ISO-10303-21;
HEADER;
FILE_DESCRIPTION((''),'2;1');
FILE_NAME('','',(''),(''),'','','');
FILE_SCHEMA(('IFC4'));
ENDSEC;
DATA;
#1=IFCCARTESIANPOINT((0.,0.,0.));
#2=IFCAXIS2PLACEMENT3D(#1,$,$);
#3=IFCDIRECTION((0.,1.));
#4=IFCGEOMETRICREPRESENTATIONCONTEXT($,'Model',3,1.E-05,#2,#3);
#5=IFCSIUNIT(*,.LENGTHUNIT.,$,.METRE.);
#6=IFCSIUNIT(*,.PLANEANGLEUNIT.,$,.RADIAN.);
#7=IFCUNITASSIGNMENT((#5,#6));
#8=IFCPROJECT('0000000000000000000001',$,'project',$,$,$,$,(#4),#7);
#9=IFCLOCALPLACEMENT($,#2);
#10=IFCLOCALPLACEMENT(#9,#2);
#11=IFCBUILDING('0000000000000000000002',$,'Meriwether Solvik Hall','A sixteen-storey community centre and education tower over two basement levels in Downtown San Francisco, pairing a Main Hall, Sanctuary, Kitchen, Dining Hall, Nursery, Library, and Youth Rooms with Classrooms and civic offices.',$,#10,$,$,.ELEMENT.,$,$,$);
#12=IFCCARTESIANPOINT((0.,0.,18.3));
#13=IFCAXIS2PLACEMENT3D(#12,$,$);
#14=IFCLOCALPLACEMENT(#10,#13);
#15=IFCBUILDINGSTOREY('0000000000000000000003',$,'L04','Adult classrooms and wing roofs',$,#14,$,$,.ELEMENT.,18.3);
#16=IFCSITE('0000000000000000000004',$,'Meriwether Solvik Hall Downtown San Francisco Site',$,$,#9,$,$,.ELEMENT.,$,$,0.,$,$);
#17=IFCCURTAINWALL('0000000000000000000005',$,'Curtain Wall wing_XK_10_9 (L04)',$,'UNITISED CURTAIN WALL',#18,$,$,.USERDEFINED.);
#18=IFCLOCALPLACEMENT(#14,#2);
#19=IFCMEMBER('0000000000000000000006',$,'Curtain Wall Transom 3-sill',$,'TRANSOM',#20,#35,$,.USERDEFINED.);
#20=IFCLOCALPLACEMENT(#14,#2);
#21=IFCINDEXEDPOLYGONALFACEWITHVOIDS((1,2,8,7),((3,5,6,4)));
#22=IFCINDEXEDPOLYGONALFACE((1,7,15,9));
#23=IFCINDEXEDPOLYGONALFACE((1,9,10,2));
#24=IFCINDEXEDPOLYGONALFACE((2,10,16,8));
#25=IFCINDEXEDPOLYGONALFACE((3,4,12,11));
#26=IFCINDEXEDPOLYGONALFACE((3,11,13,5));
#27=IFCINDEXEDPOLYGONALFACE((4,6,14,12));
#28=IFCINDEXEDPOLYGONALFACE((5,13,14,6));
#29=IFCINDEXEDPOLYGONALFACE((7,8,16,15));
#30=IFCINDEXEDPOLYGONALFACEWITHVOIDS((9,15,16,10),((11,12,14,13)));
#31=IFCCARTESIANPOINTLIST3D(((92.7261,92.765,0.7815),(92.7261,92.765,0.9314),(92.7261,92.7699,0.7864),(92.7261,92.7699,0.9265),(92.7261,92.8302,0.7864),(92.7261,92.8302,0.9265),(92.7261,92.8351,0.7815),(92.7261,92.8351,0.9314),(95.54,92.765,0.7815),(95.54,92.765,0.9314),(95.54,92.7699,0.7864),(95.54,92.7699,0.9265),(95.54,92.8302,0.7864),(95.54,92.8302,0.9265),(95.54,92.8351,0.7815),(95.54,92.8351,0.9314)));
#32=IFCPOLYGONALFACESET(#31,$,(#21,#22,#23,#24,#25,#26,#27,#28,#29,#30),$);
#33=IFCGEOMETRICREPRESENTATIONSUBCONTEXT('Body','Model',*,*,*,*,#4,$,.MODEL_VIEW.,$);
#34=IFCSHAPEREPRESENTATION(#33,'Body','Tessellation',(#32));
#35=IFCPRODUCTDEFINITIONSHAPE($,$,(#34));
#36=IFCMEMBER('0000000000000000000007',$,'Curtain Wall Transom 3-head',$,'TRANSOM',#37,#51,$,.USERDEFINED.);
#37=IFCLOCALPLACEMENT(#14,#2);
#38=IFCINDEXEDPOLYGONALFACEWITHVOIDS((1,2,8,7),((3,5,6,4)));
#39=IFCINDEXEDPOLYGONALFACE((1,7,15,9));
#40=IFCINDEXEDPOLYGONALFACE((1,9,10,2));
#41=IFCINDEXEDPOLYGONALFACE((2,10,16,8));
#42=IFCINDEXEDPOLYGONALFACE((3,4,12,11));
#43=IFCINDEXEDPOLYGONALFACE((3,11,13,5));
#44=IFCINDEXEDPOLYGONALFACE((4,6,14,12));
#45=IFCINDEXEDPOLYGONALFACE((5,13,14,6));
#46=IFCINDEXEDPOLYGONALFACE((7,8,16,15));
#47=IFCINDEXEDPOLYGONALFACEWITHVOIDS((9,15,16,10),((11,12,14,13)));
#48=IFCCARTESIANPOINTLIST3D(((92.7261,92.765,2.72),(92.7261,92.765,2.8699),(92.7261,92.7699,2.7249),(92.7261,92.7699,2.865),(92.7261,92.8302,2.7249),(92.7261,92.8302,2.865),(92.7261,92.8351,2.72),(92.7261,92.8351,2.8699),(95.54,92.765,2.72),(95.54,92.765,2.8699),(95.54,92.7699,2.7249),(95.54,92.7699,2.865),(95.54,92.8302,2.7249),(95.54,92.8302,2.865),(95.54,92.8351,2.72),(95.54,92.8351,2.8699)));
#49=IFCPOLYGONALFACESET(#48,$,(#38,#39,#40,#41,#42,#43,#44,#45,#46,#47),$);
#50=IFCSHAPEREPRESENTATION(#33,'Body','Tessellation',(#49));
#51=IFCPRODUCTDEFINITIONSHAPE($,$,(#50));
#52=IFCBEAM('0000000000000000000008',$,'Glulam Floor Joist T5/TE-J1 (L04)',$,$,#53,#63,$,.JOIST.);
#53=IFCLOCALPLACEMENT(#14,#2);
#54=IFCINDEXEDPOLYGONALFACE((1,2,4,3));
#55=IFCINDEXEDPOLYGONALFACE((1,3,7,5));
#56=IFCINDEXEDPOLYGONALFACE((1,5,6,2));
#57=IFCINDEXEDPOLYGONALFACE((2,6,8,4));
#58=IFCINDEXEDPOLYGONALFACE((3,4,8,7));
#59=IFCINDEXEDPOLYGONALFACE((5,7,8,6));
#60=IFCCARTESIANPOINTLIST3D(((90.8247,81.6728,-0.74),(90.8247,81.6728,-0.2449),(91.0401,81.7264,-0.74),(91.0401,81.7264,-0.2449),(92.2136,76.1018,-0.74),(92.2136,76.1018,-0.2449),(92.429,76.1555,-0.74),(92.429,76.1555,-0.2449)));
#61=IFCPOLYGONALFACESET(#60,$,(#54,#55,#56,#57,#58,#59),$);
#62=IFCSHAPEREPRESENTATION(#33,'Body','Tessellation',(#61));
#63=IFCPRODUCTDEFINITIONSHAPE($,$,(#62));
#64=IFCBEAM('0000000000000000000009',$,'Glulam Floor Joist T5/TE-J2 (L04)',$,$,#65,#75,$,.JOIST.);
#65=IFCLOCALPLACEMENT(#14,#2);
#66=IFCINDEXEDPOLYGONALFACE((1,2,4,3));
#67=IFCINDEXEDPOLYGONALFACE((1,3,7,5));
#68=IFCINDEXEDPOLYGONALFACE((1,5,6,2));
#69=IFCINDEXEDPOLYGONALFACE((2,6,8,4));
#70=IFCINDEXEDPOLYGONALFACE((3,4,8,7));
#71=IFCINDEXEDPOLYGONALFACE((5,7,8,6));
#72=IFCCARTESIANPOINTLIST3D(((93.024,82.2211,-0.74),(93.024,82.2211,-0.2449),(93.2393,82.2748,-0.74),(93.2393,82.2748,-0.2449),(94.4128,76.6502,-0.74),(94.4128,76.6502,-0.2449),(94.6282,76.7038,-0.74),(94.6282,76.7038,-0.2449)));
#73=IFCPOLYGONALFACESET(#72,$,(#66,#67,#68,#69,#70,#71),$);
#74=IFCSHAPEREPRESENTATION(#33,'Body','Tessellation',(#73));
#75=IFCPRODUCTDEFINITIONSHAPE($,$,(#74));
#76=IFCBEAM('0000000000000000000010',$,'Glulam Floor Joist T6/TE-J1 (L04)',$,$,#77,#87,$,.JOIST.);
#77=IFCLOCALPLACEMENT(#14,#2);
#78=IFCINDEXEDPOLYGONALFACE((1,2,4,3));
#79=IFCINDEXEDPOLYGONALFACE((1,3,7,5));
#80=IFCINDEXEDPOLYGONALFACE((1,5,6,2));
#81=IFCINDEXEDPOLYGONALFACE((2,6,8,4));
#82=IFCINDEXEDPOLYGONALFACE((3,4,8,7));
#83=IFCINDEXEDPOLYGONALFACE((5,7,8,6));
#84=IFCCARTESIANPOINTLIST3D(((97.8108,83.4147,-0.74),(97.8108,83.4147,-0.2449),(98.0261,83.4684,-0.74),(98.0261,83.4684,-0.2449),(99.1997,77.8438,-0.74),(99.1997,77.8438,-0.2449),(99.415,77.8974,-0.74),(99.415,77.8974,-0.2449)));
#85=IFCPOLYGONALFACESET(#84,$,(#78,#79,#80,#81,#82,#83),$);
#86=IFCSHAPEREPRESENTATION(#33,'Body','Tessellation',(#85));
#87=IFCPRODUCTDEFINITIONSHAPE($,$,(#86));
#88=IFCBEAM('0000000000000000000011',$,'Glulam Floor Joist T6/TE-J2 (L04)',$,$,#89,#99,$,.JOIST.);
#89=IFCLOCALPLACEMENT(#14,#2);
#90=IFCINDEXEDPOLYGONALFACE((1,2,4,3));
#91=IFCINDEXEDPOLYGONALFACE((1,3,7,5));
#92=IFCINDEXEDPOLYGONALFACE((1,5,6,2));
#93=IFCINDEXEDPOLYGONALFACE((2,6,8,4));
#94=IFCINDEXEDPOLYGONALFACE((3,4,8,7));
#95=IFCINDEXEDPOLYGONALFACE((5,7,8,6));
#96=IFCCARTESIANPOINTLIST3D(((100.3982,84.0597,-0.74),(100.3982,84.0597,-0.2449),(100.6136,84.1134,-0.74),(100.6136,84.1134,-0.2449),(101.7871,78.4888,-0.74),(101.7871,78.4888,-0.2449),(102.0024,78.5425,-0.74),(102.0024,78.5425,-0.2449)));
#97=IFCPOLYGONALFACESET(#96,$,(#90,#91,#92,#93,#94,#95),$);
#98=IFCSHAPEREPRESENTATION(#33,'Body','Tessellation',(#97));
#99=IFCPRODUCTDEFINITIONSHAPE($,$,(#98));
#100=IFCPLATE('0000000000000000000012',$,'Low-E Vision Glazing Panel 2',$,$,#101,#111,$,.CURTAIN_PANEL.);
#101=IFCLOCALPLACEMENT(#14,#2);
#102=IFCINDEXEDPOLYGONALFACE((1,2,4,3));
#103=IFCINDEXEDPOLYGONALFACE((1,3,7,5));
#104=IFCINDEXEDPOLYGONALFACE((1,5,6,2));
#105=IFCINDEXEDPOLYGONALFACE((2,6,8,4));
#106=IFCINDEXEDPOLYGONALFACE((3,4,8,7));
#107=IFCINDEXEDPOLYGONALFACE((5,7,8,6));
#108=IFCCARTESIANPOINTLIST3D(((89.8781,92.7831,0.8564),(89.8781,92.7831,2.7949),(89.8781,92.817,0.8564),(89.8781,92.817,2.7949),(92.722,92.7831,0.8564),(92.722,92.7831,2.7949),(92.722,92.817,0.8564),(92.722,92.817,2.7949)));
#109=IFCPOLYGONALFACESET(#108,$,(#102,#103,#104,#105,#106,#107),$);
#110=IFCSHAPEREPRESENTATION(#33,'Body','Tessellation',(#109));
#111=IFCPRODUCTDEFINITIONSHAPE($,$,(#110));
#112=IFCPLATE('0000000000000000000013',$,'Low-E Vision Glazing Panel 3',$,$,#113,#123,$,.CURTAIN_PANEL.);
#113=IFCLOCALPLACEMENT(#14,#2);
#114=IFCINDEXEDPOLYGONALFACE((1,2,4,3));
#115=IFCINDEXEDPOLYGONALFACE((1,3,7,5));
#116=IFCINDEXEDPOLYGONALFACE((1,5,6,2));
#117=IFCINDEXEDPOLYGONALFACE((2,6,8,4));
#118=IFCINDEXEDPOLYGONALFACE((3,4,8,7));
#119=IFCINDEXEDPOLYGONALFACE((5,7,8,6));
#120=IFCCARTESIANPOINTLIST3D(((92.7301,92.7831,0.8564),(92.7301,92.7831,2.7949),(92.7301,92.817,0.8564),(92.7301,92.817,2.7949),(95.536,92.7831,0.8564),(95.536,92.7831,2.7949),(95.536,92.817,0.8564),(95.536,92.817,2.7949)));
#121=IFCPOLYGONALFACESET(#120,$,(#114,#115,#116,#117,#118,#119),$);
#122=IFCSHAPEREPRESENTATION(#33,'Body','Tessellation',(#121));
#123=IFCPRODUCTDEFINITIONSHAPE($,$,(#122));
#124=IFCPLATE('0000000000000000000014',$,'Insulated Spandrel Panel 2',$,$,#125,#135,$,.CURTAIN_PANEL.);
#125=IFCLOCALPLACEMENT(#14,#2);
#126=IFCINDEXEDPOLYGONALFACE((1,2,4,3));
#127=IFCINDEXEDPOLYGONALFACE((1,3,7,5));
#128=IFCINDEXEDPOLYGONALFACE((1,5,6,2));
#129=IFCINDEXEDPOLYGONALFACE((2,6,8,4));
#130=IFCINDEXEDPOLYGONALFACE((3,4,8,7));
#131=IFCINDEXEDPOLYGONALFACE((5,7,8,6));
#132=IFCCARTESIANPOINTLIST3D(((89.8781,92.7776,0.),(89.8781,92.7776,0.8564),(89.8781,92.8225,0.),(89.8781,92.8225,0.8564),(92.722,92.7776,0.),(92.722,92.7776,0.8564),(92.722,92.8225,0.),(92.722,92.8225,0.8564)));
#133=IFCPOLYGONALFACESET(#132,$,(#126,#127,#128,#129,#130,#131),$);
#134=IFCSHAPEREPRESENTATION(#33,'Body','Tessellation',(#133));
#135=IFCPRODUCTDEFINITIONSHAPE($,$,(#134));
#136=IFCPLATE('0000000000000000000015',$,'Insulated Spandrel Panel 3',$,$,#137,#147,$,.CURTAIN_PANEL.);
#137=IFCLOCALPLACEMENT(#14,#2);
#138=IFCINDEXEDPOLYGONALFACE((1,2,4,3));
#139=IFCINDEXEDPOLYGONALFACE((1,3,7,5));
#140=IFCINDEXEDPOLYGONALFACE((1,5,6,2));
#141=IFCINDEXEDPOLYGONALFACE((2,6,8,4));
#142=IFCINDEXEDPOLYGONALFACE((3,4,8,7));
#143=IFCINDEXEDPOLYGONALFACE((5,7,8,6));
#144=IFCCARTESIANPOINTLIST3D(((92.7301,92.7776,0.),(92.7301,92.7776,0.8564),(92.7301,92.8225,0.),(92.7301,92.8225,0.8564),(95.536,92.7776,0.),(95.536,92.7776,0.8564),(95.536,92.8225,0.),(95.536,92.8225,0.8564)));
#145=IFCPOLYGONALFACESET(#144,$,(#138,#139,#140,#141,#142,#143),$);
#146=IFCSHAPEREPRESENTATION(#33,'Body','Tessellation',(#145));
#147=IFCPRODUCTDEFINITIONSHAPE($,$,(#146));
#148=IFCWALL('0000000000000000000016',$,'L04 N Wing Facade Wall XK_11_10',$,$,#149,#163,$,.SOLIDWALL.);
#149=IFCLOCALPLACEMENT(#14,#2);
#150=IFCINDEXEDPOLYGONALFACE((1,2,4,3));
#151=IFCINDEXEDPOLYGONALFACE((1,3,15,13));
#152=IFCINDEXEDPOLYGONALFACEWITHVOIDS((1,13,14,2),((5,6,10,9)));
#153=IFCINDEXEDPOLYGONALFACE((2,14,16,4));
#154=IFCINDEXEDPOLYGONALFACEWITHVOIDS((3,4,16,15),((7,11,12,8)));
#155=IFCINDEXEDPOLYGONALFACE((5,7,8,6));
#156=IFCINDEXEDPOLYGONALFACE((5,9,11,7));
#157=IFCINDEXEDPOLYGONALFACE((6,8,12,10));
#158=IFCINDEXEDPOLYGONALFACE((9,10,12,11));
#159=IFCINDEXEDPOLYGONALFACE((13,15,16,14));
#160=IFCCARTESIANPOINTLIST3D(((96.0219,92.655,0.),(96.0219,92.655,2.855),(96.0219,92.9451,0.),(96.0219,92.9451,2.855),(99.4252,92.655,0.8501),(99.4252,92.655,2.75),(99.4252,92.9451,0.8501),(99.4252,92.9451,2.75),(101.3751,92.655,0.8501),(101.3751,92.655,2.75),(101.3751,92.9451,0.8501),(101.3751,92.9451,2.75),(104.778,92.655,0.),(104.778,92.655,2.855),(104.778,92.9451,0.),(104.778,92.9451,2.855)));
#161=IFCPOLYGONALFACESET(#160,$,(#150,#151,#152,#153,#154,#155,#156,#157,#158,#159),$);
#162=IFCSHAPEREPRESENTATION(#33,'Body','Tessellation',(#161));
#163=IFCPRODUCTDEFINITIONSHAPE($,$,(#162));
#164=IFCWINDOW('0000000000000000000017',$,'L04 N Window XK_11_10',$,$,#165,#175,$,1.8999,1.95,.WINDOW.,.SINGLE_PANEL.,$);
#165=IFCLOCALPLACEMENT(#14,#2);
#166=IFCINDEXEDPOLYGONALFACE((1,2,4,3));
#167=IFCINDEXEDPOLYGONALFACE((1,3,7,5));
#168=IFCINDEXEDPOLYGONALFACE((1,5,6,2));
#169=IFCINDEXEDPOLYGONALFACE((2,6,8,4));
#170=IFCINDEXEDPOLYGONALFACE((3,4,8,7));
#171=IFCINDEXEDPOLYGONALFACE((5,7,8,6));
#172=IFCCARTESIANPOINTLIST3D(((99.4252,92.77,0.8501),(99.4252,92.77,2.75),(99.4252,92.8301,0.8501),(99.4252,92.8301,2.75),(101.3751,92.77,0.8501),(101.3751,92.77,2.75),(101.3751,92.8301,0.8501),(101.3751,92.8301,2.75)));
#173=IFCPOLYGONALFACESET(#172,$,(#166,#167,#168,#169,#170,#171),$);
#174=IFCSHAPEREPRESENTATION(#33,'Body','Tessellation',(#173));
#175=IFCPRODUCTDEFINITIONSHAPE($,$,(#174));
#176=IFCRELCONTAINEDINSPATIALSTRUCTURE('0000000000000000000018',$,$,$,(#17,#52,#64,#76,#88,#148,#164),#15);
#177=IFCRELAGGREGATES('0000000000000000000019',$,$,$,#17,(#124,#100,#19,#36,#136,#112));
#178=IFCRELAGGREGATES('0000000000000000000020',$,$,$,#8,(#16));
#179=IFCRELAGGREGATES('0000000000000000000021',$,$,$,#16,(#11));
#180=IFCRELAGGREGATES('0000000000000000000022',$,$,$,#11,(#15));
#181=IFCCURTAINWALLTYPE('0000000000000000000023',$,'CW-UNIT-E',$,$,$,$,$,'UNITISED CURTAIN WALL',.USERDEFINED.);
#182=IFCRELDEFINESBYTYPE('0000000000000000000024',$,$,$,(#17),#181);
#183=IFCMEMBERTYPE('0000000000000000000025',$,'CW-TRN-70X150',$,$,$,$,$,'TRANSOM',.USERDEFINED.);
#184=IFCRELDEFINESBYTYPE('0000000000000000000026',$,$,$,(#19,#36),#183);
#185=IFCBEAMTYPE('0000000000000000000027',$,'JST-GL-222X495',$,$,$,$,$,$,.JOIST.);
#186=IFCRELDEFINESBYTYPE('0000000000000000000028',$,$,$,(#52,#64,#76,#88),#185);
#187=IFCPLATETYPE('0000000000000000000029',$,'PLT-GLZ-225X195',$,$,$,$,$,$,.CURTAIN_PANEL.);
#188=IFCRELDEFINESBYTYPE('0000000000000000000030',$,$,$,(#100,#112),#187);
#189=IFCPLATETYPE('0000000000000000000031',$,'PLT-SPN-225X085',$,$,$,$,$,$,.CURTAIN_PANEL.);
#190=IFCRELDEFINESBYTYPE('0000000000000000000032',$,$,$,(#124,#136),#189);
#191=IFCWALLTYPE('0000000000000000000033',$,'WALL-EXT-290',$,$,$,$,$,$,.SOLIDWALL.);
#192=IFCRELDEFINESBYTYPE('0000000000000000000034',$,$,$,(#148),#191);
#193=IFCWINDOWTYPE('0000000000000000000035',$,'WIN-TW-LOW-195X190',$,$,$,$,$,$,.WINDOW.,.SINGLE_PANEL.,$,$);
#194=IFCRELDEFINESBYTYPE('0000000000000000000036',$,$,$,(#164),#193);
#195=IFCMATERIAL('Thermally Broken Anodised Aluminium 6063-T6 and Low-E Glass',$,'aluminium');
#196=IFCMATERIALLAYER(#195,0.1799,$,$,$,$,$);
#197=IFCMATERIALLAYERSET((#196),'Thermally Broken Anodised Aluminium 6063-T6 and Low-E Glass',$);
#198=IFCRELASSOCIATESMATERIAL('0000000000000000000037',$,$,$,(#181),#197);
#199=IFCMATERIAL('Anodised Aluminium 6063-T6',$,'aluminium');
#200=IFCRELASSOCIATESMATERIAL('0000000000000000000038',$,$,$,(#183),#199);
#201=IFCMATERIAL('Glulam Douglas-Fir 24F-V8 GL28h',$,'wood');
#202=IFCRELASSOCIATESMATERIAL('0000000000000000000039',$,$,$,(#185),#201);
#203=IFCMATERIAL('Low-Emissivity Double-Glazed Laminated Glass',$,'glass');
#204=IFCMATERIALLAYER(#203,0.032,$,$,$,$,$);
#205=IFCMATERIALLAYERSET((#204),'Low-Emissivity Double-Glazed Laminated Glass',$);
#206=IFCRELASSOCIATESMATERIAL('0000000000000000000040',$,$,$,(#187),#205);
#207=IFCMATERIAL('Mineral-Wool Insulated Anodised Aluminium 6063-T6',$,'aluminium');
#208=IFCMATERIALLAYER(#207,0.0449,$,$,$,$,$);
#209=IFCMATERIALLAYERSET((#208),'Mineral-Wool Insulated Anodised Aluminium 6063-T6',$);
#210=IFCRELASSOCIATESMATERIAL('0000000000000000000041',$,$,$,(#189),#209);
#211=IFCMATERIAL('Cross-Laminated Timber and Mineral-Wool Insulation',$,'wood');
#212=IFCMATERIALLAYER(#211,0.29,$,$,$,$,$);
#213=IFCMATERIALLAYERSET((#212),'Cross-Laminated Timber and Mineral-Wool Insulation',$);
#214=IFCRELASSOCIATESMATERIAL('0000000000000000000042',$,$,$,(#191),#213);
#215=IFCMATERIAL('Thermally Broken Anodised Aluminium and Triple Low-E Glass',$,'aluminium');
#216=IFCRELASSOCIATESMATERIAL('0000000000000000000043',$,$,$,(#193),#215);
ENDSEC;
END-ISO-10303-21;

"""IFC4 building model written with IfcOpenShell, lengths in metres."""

from ifc_helpers import new_model, si_unit, direction, frame, frame_2d, origin, origin_2d, place, context, subcontext, project, spatial, rectangle, hollow_rectangle, extrude, material, layer, layer_set, material_profile, profile_set, type_object, element, fill, aggregate, save


model = new_model("IFC4")

# Units and contexts
model_context = context("Model", 3, precision=1e-05, world=origin(), true_north=direction((0.0, 1.0)))
body_context = subcontext(model_context, "Body", "Model", "MODEL_VIEW")
ifc_project = project(units=[si_unit("LENGTHUNIT", "METRE"), si_unit("PLANEANGLEUNIT", "RADIAN")], contexts=[model_context])

# Site, building, storey
site_placement = place(None, origin())
site = spatial("IfcSite", under=ifc_project, at=site_placement, Name="Meriwether Solvik Hall Downtown San Francisco Site", CompositionType="ELEMENT", RefElevation=0.0)
building_placement = place(site_placement, origin())
building = spatial("IfcBuilding", under=site, at=building_placement, Name="Meriwether Solvik Hall", Description="A sixteen-storey community centre and education tower over two basement levels in Downtown San Francisco, pairing a Main Hall, Sanctuary, Kitchen, Dining Hall, Nursery, Library, and Youth Rooms with Classrooms and civic offices.", CompositionType="ELEMENT")
storey_placement = place(building_placement, frame((0.0, 0.0, 18.3)))
storey = spatial("IfcBuildingStorey", under=building, at=storey_placement, Name="L04", Description="Adult classrooms and wing roofs", CompositionType="ELEMENT", Elevation=18.3)

# Curtain wall, members
ifc_material_1 = material(Name="Thermally Broken Anodised Aluminium 6063-T6 and Low-E Glass", Category="aluminium")
ifc_layer_1 = layer(ifc_material_1, 0.1799)
ifc_layer_set_1 = layer_set([ifc_layer_1], Name="Thermally Broken Anodised Aluminium 6063-T6 and Low-E Glass")
curtain_wall_type = type_object("IfcCurtainWallType", Name="CW-UNIT-E", ElementType="UNITISED CURTAIN WALL", PredefinedType="USERDEFINED", material=ifc_layer_set_1)
curtain_wall_placement = place(storey_placement, origin())
curtain_wall = element("IfcCurtainWall", 1, at=curtain_wall_placement, inside=storey, type_object=curtain_wall_type, Name="Curtain Wall wing_XK_10_9 (L04)", ObjectType="UNITISED CURTAIN WALL", PredefinedType="USERDEFINED")
ifc_material_2 = material(Name="Anodised Aluminium 6063-T6", Category="aluminium")
ifc_material_profile_1 = material_profile(ifc_material_2, hollow_rectangle(XDim=0.0701, YDim=0.1499, WallThickness=0.0049, at=origin_2d()), Name="CWT-70X150")
ifc_profile_set_1 = profile_set([ifc_material_profile_1], Name="Anodised Aluminium 6063-T6")
member_type_1 = type_object("IfcMemberType", Name="CW-TRN-70X150", ElementType="TRANSOM", PredefinedType="USERDEFINED", material=ifc_profile_set_1)
member_1_placement = place(storey_placement, frame((92.7261, 92.8, 0.8564), z_axis=(1.0, 0.0, 0.0), x_axis=(0.0, 1.0, 0.0)))
member_1 = element("IfcMember", 2, at=member_1_placement, type_object=member_type_1, Name="Curtain Wall Transom 3-sill", ObjectType="TRANSOM", PredefinedType="USERDEFINED", context=body_context, shape_type="SweptSolid", body=[
    extrude(hollow_rectangle(XDim=0.0701, YDim=0.1499, WallThickness=0.0049, at=origin_2d()), origin(), (0.0, 0.0, 1.0), 2.814),
])
member_2_placement = place(storey_placement, frame((92.7261, 92.8, 2.7949), z_axis=(1.0, 0.0, 0.0), x_axis=(0.0, 1.0, 0.0)))
member_2 = element("IfcMember", 3, at=member_2_placement, type_object=member_type_1, Name="Curtain Wall Transom 3-head", ObjectType="TRANSOM", PredefinedType="USERDEFINED", context=body_context, shape_type="SweptSolid", body=[
    extrude(hollow_rectangle(XDim=0.0701, YDim=0.1499, WallThickness=0.0049, at=origin_2d()), origin(), (0.0, 0.0, 1.0), 2.814),
])

# Beams
ifc_material_3 = material(Name="Glulam Douglas-Fir 24F-V8 GL28h", Category="wood")
ifc_material_profile_2 = material_profile(ifc_material_3, rectangle(XDim=0.2219, YDim=0.4951, at=origin_2d()), Name="GLJ-222X495")
ifc_profile_set_2 = profile_set([ifc_material_profile_2], Name="Glulam Douglas-Fir 24F-V8 GL28h")
beam_type_1 = type_object("IfcBeamType", Name="JST-GL-222X495", PredefinedType="JOIST", material=ifc_profile_set_2)
for number, where, z_axis, x_axis, name in (
    (4, (92.3213, 76.1287, -0.4924), (-0.241905, 0.9703, 0.0), (-0.9703, -0.241905, 0.0), "Glulam Floor Joist T5/TE-J1 (L04)"),
    (5, (94.5205, 76.677, -0.4924), (-0.241905, 0.9703, 0.0), (-0.9703, -0.241905, 0.0), "Glulam Floor Joist T5/TE-J2 (L04)"),
    (6, (99.3074, 77.8706, -0.4924), (-0.241915, 0.970297, 0.0), (-0.970297, -0.241915, 0.0), "Glulam Floor Joist T6/TE-J1 (L04)"),
    (7, (101.8948, 78.5156, -0.4924), (-0.241905, 0.9703, 0.0), (-0.9703, -0.241905, 0.0), "Glulam Floor Joist T6/TE-J2 (L04)"),
):
    element("IfcBeam", number, at=place(storey_placement, frame(where, z_axis=z_axis, x_axis=x_axis)), inside=storey, type_object=beam_type_1, Name=name, PredefinedType="JOIST", context=body_context, shape_type="SweptSolid", body=[
        extrude(rectangle(XDim=0.2219, YDim=0.4951, at=origin_2d()), origin(), (0.0, 0.0, 1.0), 5.7415),
    ])

# Plates
ifc_material_4 = material(Name="Low-Emissivity Double-Glazed Laminated Glass", Category="glass")
ifc_layer_2 = layer(ifc_material_4, 0.032)
ifc_layer_set_2 = layer_set([ifc_layer_2], Name="Low-Emissivity Double-Glazed Laminated Glass")
plate_type_1 = type_object("IfcPlateType", Name="PLT-GLZ-225X195", PredefinedType="CURTAIN_PANEL", material=ifc_layer_set_2)
plate_1_placement = place(storey_placement, frame((91.3, 92.8, 0.8564), z_axis=(0.0, 0.0, 1.0), x_axis=(1.0, 0.0, 0.0)))
plate_1 = element("IfcPlate", 8, at=plate_1_placement, type_object=plate_type_1, Name="Low-E Vision Glazing Panel 2", PredefinedType="CURTAIN_PANEL", context=body_context, shape_type="SweptSolid", body=[
    extrude(rectangle(XDim=2.844, YDim=0.0339, at=origin_2d()), origin(), (0.0, 0.0, 1.0), 1.9385),
])
plate_2_placement = place(storey_placement, frame((94.1331, 92.8, 0.8564), z_axis=(0.0, 0.0, 1.0), x_axis=(1.0, 0.0, 0.0)))
plate_2 = element("IfcPlate", 9, at=plate_2_placement, type_object=plate_type_1, Name="Low-E Vision Glazing Panel 3", PredefinedType="CURTAIN_PANEL", context=body_context, shape_type="SweptSolid", body=[
    extrude(rectangle(XDim=2.8059, YDim=0.0339, at=origin_2d()), origin(), (0.0, 0.0, 1.0), 1.9385),
])
ifc_material_5 = material(Name="Mineral-Wool Insulated Anodised Aluminium 6063-T6", Category="aluminium")
ifc_layer_3 = layer(ifc_material_5, 0.0449)
ifc_layer_set_3 = layer_set([ifc_layer_3], Name="Mineral-Wool Insulated Anodised Aluminium 6063-T6")
plate_type_2 = type_object("IfcPlateType", Name="PLT-SPN-225X085", PredefinedType="CURTAIN_PANEL", material=ifc_layer_set_3)
plate_3_placement = place(storey_placement, frame((91.3, 92.8, 0.0), z_axis=(0.0, 0.0, 1.0), x_axis=(1.0, 0.0, 0.0)))
plate_3 = element("IfcPlate", 10, at=plate_3_placement, type_object=plate_type_2, Name="Insulated Spandrel Panel 2", PredefinedType="CURTAIN_PANEL", context=body_context, shape_type="SweptSolid", body=[
    extrude(rectangle(XDim=2.844, YDim=0.0449, at=origin_2d()), origin(), (0.0, 0.0, 1.0), 0.8564),
])
plate_4_placement = place(storey_placement, frame((94.1331, 92.8, 0.0), z_axis=(0.0, 0.0, 1.0), x_axis=(1.0, 0.0, 0.0)))
plate_4 = element("IfcPlate", 11, at=plate_4_placement, type_object=plate_type_2, Name="Insulated Spandrel Panel 3", PredefinedType="CURTAIN_PANEL", context=body_context, shape_type="SweptSolid", body=[
    extrude(rectangle(XDim=2.8059, YDim=0.0449, at=origin_2d()), origin(), (0.0, 0.0, 1.0), 0.8564),
])
aggregate(curtain_wall, [plate_3, plate_1, member_1, member_2, plate_4, plate_2])

# Wall, opening, window
ifc_material_6 = material(Name="Cross-Laminated Timber and Mineral-Wool Insulation", Category="wood")
ifc_layer_4 = layer(ifc_material_6, 0.29)
ifc_layer_set_4 = layer_set([ifc_layer_4], Name="Cross-Laminated Timber and Mineral-Wool Insulation")
wall_type_1 = type_object("IfcWallType", Name="WALL-EXT-290", PredefinedType="SOLIDWALL", material=ifc_layer_set_4)
wall_1_placement = place(storey_placement, frame((96.022, 92.8, 0.0), z_axis=(0.0, 0.0, 1.0), x_axis=(1.0, 0.0, 0.0)))
wall_1 = element("IfcWall", 12, at=wall_1_placement, inside=storey, type_object=wall_type_1, Name="L04 N Wing Facade Wall XK_11_10", PredefinedType="SOLIDWALL", context=body_context, shape_type="SweptSolid", body=[
    extrude(rectangle(XDim=8.7561, YDim=0.29, at=frame_2d((4.3779, 0.0))), origin(), (0.0, 0.0, 1.0), 2.855),
])
opening_1_placement = place(wall_1_placement, frame((3.4031, 0.0, 0.8501)))
opening_1 = element("IfcOpeningElement", 13, at=opening_1_placement, cuts=wall_1, PredefinedType="OPENING", context=body_context, shape_type="SweptSolid", body=[
    extrude(rectangle(XDim=1.95, YDim=1.8999, at=frame_2d((0.9751, 0.95))), frame((0.0, 0.157, 0.0), z_axis=(0.0, -1.0, 0.0), x_axis=(1.0, 0.0, 0.0)), (0.0, 0.0, 1.0), 0.314),
])
ifc_material_7 = material(Name="Thermally Broken Anodised Aluminium and Triple Low-E Glass", Category="aluminium")
window_type = type_object("IfcWindowType", Name="WIN-TW-LOW-195X190", PartitioningType="SINGLE_PANEL", PredefinedType="WINDOW", material=ifc_material_7)
window_placement = place(opening_1_placement, origin())
window = element("IfcWindow", 14, at=window_placement, inside=storey, type_object=window_type, Name="L04 N Window XK_11_10", OverallHeight=1.8999, OverallWidth=1.95, PartitioningType="SINGLE_PANEL", PredefinedType="WINDOW", context=body_context, shape_type="SweptSolid", body=[
    extrude(rectangle(XDim=1.95, YDim=1.8999, at=frame_2d((0.9751, 0.95))), frame((0.0, 0.03, 0.0), z_axis=(0.0, -1.0, 0.0), x_axis=(1.0, 0.0, 0.0)), (0.0, 0.0, 1.0), 0.0601),
])
fill(opening_1, window)

save(model, "model.ifc")
